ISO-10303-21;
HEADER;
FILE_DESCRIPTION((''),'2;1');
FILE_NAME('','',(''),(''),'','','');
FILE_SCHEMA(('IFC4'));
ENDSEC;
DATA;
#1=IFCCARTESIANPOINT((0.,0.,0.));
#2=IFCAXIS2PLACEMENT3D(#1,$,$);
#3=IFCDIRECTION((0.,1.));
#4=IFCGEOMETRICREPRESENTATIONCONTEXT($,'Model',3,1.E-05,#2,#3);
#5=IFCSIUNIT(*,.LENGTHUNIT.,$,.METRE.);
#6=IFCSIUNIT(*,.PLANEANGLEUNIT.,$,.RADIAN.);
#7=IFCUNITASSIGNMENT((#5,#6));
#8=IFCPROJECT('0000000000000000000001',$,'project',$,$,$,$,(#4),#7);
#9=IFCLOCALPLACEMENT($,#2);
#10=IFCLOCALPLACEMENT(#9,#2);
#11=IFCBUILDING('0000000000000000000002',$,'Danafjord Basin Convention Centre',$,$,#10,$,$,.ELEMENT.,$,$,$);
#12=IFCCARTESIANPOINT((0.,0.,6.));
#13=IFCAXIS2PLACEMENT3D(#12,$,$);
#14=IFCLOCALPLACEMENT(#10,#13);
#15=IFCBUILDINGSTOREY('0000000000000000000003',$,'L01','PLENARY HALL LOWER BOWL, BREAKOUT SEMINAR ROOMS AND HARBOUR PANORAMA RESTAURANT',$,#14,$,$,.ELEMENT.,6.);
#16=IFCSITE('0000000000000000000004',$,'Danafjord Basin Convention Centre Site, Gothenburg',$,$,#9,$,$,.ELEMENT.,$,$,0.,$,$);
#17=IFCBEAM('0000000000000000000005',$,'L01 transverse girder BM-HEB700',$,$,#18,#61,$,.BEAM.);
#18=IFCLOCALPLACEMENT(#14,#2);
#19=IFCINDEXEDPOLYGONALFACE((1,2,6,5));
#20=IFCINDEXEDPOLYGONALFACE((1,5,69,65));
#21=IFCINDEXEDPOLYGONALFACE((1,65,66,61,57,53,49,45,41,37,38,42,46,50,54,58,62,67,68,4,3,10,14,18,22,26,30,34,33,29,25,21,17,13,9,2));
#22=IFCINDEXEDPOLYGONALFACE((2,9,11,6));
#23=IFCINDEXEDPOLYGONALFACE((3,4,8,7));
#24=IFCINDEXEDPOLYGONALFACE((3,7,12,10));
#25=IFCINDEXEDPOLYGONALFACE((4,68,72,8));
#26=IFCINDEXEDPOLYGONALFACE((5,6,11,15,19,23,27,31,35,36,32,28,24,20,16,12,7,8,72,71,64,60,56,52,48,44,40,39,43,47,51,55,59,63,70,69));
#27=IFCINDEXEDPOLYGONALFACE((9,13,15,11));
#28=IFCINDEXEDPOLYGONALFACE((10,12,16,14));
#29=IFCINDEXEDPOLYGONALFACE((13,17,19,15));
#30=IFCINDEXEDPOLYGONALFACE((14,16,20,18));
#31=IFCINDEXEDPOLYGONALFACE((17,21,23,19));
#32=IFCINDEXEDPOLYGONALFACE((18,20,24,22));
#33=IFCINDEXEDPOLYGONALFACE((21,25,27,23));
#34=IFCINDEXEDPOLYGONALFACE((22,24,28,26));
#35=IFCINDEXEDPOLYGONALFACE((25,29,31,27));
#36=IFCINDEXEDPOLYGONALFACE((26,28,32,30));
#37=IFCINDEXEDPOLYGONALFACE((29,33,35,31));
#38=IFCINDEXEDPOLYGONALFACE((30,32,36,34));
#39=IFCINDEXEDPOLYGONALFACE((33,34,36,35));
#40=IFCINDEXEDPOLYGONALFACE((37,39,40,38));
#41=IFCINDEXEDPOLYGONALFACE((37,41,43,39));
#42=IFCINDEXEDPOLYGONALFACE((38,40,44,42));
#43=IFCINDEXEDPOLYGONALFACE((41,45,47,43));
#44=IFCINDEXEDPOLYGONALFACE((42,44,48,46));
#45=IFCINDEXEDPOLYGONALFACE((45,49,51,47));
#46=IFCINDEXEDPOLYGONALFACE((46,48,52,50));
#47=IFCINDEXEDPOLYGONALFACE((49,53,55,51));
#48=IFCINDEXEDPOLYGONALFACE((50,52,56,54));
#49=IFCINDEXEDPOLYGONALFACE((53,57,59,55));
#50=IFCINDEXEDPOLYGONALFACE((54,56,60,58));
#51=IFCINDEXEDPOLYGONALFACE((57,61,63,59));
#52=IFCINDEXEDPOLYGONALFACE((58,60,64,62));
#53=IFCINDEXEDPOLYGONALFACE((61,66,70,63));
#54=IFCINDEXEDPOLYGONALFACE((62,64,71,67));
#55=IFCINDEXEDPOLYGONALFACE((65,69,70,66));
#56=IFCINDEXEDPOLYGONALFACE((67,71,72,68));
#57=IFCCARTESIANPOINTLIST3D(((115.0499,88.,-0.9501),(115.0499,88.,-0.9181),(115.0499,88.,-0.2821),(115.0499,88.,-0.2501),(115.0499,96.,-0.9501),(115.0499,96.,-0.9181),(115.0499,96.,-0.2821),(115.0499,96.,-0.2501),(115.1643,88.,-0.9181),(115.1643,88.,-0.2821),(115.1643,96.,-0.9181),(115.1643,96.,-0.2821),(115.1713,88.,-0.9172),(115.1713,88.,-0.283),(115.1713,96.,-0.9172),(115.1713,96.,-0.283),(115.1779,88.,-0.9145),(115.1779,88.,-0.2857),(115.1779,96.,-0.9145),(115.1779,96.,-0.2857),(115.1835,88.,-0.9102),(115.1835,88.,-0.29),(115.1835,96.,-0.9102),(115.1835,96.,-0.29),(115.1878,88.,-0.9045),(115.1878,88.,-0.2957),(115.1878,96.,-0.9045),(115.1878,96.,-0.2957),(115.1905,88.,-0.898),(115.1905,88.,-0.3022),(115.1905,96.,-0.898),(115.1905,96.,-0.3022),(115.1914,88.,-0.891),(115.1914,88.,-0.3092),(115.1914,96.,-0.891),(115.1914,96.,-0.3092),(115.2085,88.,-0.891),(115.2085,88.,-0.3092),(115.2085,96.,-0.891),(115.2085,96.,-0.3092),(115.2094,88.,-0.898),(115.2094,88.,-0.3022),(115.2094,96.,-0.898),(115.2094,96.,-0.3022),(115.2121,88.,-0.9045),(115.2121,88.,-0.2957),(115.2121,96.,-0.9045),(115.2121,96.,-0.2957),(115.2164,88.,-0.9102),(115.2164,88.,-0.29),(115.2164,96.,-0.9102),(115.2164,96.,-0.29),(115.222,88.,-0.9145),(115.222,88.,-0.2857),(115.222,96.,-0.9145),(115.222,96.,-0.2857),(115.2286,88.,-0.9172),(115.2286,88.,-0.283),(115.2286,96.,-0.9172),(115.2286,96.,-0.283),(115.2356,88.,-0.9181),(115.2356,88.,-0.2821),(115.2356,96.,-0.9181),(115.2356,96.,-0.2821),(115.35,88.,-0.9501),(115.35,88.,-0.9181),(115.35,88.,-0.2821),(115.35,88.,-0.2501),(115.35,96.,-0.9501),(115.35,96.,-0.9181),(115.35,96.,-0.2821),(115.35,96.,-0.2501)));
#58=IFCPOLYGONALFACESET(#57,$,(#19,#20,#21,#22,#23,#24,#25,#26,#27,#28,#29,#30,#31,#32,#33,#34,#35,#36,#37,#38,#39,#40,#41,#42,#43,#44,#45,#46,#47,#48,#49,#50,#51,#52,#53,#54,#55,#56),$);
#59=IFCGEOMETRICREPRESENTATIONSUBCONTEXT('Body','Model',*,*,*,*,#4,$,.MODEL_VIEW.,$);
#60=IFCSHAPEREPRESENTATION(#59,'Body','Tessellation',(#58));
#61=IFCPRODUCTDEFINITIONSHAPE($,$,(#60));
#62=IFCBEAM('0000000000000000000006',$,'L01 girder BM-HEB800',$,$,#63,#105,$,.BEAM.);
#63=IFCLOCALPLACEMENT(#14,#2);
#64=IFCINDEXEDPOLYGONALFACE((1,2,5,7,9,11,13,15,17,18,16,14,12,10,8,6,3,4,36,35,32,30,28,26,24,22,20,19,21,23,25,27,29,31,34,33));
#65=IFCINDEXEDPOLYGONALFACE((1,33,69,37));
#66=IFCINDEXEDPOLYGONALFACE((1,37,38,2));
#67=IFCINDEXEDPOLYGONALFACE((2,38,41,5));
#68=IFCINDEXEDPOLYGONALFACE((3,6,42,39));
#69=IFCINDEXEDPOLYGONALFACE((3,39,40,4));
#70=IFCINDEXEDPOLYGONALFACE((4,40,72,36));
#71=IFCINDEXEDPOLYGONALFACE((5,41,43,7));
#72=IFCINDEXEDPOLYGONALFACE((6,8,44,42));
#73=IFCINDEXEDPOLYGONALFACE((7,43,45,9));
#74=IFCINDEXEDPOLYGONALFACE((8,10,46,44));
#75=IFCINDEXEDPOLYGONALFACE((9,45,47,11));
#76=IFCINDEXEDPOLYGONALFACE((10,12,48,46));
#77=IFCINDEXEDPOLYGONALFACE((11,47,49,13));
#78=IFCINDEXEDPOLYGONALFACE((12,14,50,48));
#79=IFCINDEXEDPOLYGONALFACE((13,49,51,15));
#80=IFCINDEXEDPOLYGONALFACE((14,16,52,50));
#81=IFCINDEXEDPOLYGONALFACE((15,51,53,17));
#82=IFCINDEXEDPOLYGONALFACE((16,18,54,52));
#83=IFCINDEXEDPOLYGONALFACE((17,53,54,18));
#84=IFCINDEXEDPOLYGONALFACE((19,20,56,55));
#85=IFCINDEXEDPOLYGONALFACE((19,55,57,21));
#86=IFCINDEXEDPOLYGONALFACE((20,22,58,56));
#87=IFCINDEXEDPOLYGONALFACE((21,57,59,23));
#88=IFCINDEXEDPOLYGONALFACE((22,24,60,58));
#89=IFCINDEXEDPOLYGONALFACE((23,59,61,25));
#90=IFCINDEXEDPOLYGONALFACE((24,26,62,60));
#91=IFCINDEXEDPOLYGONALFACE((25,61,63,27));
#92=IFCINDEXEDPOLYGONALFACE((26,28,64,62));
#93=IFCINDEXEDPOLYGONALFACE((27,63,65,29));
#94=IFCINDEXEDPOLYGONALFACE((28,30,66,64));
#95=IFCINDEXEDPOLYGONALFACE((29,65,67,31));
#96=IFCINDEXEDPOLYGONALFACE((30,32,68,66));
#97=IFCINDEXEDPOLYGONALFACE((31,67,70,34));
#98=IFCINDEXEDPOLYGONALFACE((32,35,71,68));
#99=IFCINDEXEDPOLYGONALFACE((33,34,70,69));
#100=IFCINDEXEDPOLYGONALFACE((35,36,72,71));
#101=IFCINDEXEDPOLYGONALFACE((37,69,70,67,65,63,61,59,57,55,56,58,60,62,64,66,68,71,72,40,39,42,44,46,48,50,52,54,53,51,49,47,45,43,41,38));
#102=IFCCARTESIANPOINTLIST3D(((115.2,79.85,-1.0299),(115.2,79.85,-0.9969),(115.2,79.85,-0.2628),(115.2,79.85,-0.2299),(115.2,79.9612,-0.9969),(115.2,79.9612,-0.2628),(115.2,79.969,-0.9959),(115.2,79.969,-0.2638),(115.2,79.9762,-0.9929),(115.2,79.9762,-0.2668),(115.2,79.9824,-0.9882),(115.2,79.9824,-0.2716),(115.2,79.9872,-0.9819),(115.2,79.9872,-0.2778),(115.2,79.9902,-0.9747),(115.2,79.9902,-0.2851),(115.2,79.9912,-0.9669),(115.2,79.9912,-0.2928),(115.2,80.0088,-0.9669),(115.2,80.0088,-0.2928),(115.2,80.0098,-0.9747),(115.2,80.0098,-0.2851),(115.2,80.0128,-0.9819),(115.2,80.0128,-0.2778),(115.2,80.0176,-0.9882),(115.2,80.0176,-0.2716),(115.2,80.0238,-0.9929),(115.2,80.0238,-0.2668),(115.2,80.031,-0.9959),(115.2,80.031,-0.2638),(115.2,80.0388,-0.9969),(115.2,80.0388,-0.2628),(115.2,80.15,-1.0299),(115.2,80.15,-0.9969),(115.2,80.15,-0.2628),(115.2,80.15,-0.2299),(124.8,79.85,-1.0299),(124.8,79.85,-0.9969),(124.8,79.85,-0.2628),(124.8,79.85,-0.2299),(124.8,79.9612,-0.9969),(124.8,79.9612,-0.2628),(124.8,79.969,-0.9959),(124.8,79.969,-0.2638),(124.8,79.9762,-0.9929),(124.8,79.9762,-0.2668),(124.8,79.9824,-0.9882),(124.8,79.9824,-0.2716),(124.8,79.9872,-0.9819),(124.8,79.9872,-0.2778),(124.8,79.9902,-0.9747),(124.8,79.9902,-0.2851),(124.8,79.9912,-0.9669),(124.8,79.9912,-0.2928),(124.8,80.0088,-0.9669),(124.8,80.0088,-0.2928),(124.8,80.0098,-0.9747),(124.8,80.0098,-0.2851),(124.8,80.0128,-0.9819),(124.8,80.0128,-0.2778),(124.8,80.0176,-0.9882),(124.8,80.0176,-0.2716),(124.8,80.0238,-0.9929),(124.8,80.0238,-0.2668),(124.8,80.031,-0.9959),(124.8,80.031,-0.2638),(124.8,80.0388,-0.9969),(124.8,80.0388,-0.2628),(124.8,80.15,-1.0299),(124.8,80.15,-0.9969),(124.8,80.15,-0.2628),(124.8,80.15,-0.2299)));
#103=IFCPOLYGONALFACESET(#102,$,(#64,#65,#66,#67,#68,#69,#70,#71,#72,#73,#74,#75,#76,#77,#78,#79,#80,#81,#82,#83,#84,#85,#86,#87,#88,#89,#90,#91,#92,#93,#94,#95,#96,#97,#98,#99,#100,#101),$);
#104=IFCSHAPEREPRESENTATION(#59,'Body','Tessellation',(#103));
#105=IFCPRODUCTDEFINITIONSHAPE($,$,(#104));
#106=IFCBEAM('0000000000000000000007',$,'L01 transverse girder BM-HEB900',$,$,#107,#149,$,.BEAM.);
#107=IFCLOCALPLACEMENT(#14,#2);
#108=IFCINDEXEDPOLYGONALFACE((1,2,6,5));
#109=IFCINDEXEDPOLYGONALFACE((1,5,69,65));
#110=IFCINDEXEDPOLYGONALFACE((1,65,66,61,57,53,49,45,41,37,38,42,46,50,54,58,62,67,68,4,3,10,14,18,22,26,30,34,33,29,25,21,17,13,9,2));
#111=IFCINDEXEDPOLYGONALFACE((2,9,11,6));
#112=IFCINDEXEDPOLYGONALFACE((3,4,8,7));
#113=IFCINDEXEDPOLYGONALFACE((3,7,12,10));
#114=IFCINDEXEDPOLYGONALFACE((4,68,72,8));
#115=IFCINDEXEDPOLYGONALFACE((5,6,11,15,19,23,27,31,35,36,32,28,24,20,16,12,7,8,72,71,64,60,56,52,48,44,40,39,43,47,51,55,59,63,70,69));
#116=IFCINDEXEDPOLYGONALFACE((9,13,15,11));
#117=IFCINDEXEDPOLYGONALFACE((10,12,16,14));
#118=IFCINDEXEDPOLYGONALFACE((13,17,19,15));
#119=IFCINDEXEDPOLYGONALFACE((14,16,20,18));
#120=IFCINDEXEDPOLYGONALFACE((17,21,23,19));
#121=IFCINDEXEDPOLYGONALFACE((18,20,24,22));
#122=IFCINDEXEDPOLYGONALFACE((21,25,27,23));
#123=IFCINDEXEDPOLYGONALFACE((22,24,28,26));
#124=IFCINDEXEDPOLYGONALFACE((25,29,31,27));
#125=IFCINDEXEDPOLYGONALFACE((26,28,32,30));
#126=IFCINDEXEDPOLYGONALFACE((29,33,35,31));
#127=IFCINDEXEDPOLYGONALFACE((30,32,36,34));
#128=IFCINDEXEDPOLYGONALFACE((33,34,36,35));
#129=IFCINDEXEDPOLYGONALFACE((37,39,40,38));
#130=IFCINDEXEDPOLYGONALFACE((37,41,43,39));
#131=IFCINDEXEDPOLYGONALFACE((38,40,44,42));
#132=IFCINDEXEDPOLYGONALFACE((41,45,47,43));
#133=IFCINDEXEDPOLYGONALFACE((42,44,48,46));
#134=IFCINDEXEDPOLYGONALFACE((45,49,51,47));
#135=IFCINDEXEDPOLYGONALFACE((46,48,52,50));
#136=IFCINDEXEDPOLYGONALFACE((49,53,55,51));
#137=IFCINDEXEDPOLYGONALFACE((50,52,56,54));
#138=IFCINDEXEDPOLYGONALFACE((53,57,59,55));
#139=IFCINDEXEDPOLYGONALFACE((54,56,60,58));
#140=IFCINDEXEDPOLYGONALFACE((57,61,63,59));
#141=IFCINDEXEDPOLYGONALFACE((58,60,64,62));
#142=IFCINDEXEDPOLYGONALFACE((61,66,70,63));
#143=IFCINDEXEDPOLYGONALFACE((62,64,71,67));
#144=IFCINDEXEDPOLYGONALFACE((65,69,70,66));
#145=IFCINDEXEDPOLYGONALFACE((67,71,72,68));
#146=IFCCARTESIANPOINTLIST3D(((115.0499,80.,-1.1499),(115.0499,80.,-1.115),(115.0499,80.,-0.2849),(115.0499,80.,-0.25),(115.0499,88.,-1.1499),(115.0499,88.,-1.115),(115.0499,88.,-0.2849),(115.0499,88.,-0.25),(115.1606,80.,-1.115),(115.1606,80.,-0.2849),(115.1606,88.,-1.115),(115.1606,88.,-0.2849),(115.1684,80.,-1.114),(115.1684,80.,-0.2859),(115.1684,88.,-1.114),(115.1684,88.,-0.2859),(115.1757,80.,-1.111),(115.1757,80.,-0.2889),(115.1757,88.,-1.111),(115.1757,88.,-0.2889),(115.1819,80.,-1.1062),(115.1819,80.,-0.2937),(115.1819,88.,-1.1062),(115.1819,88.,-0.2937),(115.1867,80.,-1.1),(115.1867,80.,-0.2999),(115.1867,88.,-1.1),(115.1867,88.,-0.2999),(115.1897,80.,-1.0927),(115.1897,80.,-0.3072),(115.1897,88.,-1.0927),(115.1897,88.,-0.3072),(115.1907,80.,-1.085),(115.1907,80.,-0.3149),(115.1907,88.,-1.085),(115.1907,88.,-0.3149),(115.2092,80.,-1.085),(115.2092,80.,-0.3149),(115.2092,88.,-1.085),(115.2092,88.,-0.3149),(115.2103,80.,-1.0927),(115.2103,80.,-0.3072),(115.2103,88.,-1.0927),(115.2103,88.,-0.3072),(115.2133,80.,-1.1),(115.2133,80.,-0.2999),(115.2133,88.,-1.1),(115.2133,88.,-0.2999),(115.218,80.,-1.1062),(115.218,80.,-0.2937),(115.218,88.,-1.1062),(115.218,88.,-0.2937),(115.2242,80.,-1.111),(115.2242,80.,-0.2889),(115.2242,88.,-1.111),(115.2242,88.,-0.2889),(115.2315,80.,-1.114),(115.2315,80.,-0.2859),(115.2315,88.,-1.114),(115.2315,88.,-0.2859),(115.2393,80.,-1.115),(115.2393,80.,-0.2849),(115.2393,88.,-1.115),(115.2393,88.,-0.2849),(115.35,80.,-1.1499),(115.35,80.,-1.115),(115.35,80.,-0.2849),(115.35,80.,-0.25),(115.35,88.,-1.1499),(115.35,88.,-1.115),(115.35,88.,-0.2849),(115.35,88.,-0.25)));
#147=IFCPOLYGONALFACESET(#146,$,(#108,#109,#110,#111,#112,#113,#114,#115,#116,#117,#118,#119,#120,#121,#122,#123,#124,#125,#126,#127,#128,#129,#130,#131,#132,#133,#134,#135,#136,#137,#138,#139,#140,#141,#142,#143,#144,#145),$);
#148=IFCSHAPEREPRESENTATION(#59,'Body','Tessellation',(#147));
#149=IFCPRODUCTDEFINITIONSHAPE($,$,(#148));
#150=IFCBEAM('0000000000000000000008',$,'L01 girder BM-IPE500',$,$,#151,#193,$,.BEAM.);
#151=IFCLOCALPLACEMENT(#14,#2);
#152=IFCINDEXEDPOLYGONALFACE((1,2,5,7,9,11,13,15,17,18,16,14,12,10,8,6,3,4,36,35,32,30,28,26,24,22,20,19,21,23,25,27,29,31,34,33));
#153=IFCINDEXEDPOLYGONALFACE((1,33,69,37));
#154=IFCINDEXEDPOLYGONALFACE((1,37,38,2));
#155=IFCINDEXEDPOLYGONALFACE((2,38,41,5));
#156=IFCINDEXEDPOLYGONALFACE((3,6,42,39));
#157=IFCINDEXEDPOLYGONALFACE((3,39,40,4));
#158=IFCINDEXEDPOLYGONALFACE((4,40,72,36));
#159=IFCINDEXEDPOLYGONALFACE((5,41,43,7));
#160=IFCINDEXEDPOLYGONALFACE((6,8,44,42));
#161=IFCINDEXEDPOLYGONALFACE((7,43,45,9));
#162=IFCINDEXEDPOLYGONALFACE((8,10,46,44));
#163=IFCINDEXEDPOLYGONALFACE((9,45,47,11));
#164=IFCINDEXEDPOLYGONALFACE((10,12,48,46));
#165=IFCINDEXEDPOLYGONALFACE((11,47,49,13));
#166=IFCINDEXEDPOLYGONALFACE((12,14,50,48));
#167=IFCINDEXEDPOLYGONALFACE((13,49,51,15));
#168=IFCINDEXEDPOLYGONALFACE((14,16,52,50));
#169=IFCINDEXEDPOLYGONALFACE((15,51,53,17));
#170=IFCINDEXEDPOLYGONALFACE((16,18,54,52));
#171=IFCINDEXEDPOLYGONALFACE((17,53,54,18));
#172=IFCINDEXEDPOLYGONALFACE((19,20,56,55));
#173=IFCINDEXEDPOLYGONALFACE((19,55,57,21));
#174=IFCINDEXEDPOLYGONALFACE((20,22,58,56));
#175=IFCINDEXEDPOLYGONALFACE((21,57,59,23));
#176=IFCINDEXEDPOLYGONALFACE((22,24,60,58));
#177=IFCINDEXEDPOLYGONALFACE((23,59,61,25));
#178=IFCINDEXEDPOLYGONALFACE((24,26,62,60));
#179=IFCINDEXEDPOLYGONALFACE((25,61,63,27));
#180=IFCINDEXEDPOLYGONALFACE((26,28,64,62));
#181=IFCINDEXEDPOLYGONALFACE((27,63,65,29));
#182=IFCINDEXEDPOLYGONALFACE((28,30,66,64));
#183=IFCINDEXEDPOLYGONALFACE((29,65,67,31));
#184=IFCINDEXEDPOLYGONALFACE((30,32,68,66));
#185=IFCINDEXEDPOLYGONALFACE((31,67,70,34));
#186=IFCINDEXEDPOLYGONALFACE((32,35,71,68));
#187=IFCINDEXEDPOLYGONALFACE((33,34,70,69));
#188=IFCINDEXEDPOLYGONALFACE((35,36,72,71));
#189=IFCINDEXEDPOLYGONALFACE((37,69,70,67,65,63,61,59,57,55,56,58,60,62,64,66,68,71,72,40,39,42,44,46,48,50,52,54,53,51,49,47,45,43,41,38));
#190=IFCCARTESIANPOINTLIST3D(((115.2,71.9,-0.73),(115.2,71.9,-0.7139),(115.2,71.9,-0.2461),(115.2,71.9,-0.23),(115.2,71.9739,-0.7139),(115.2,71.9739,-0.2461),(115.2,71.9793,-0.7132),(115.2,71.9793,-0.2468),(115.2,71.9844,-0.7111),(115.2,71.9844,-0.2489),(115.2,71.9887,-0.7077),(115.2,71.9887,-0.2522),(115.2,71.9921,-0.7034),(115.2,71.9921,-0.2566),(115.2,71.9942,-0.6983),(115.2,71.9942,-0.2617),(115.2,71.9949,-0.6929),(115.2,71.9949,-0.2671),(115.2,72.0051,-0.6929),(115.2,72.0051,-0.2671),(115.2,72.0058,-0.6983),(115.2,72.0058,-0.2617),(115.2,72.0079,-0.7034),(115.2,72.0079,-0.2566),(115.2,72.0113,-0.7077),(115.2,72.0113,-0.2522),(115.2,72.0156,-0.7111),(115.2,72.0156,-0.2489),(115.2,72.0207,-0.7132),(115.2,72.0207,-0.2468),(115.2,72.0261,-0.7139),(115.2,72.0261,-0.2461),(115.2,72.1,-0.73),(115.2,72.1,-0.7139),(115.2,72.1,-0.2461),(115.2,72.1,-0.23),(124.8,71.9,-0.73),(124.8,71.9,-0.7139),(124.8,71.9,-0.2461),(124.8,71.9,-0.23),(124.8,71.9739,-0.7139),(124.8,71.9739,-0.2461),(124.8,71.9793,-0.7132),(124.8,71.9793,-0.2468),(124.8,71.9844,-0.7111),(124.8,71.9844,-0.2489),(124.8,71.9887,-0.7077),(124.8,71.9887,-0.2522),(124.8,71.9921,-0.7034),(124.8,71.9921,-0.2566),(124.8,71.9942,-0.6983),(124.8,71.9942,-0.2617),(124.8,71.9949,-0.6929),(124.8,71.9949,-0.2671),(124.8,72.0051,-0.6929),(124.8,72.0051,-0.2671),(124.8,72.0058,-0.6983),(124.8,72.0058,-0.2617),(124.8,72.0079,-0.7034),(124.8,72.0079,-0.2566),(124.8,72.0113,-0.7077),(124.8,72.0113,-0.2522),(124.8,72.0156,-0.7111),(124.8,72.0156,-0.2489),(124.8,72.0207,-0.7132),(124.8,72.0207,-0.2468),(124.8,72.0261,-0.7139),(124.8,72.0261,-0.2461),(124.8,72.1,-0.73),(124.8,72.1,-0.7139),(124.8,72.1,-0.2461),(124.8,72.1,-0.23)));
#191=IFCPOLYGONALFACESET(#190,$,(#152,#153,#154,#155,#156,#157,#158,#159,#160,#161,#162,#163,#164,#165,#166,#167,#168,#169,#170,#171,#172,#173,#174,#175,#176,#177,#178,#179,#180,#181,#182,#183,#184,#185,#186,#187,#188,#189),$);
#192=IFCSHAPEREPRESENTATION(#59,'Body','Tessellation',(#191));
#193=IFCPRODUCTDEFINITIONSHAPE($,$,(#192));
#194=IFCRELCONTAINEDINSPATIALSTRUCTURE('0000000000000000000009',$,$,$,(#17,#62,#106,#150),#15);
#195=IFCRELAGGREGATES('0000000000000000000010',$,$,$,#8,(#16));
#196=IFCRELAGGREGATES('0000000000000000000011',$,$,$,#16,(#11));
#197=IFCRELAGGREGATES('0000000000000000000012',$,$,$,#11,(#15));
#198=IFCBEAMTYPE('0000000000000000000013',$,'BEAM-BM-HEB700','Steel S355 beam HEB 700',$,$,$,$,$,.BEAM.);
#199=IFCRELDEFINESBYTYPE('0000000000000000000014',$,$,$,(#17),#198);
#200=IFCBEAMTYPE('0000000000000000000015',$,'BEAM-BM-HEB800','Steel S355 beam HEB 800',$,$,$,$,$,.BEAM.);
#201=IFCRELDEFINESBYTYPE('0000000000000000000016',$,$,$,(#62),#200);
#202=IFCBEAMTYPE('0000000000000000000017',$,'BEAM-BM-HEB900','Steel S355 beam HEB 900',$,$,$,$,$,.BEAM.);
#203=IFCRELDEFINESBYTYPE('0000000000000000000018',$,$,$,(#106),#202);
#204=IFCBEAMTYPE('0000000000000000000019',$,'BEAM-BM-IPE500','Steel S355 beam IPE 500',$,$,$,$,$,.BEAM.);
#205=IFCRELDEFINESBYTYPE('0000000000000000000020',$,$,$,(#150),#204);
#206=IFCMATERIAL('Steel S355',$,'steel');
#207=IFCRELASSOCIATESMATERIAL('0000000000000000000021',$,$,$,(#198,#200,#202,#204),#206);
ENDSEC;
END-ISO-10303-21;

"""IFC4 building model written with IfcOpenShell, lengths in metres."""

from ifc_helpers import new_model, si_unit, direction, frame, origin, origin_2d, place, context, subcontext, project, spatial, i_section, extrude, material, material_profile, profile_set, type_object, element, save


model = new_model("IFC4")

# Units and contexts
model_context = context("Model", 3, precision=1e-05, world=origin(), true_north=direction((0.0, 1.0)))
body_context = subcontext(model_context, "Body", "Model", "MODEL_VIEW")
ifc_project = project(units=[si_unit("LENGTHUNIT", "METRE"), si_unit("PLANEANGLEUNIT", "RADIAN")], contexts=[model_context])

# Site, building, storey
site_placement = place(None, origin())
site = spatial("IfcSite", under=ifc_project, at=site_placement, Name="Danafjord Basin Convention Centre Site, Gothenburg", CompositionType="ELEMENT", RefElevation=0.0)
building_placement = place(site_placement, origin())
building = spatial("IfcBuilding", under=site, at=building_placement, Name="Danafjord Basin Convention Centre", CompositionType="ELEMENT")
storey_placement = place(building_placement, frame((0.0, 0.0, 6.0)))
storey = spatial("IfcBuildingStorey", under=building, at=storey_placement, Name="L01", Description="PLENARY HALL LOWER BOWL, BREAKOUT SEMINAR ROOMS AND HARBOUR PANORAMA RESTAURANT", CompositionType="ELEMENT", Elevation=6.0)

# Beams
ifc_material_1 = material(Name="Steel S355", Category="steel")
ifc_material_profile_1 = material_profile(ifc_material_1, i_section(OverallWidth=0.3, OverallDepth=0.7, WebThickness=0.0171, FlangeThickness=0.032, FilletRadius=0.0271, at=origin_2d()), Name="HEB 700")
ifc_profile_set_1 = profile_set([ifc_material_profile_1], Name="Steel S355")
beam_type_1 = type_object("IfcBeamType", Name="BEAM-BM-HEB700", Description="Steel S355 beam HEB 700", PredefinedType="BEAM", material=ifc_profile_set_1)
beam_1_placement = place(storey_placement, frame((115.2, 88.0, -0.6001), z_axis=(0.0, 1.0, 0.0), x_axis=(-1.0, 0.0, 0.0)))
element("IfcBeam", 1, at=beam_1_placement, inside=storey, type_object=beam_type_1, Name="L01 transverse girder BM-HEB700", PredefinedType="BEAM", context=body_context, shape_type="SweptSolid", body=[
    extrude(i_section(OverallWidth=0.3, OverallDepth=0.7, WebThickness=0.0171, FlangeThickness=0.032, FilletRadius=0.0271, at=origin_2d()), origin(), (0.0, 0.0, 1.0), 8.0),
])
ifc_material_profile_2 = material_profile(ifc_material_1, i_section(OverallWidth=0.3, OverallDepth=0.8, WebThickness=0.0176, FlangeThickness=0.033, FilletRadius=0.03, at=origin_2d()), Name="HEB 800")
ifc_profile_set_2 = profile_set([ifc_material_profile_2], Name="Steel S355")
beam_type_2 = type_object("IfcBeamType", Name="BEAM-BM-HEB800", Description="Steel S355 beam HEB 800", PredefinedType="BEAM", material=ifc_profile_set_2)
beam_2_placement = place(storey_placement, frame((115.2, 80.0, -0.6299), z_axis=(1.0, 0.0, 0.0), x_axis=(0.0, 1.0, 0.0)))
element("IfcBeam", 2, at=beam_2_placement, inside=storey, type_object=beam_type_2, Name="L01 girder BM-HEB800", PredefinedType="BEAM", context=body_context, shape_type="SweptSolid", body=[
    extrude(i_section(OverallWidth=0.3, OverallDepth=0.8, WebThickness=0.0176, FlangeThickness=0.033, FilletRadius=0.03, at=origin_2d()), origin(), (0.0, 0.0, 1.0), 9.6001),
])
ifc_material_profile_3 = material_profile(ifc_material_1, i_section(OverallWidth=0.3, OverallDepth=0.8999, WebThickness=0.0186, FlangeThickness=0.0349, FilletRadius=0.03, at=origin_2d()), Name="HEB 900")
ifc_profile_set_3 = profile_set([ifc_material_profile_3], Name="Steel S355")
beam_type_3 = type_object("IfcBeamType", Name="BEAM-BM-HEB900", Description="Steel S355 beam HEB 900", PredefinedType="BEAM", material=ifc_profile_set_3)
beam_3_placement = place(storey_placement, frame((115.2, 80.0, -0.7), z_axis=(0.0, 1.0, 0.0), x_axis=(-1.0, 0.0, 0.0)))
element("IfcBeam", 3, at=beam_3_placement, inside=storey, type_object=beam_type_3, Name="L01 transverse girder BM-HEB900", PredefinedType="BEAM", context=body_context, shape_type="SweptSolid", body=[
    extrude(i_section(OverallWidth=0.3, OverallDepth=0.8999, WebThickness=0.0186, FlangeThickness=0.0349, FilletRadius=0.03, at=origin_2d()), origin(), (0.0, 0.0, 1.0), 8.0),
])
ifc_material_profile_4 = material_profile(ifc_material_1, i_section(OverallWidth=0.2, OverallDepth=0.5, WebThickness=0.0103, FlangeThickness=0.0161, FilletRadius=0.021, at=origin_2d()), Name="IPE 500")
ifc_profile_set_4 = profile_set([ifc_material_profile_4], Name="Steel S355")
beam_type_4 = type_object("IfcBeamType", Name="BEAM-BM-IPE500", Description="Steel S355 beam IPE 500", PredefinedType="BEAM", material=ifc_profile_set_4)
beam_4_placement = place(storey_placement, frame((115.2, 72.0, -0.48), z_axis=(1.0, 0.0, 0.0), x_axis=(0.0, 1.0, 0.0)))
element("IfcBeam", 4, at=beam_4_placement, inside=storey, type_object=beam_type_4, Name="L01 girder BM-IPE500", PredefinedType="BEAM", context=body_context, shape_type="SweptSolid", body=[
    extrude(i_section(OverallWidth=0.2, OverallDepth=0.5, WebThickness=0.0103, FlangeThickness=0.0161, FilletRadius=0.021, at=origin_2d()), origin(), (0.0, 0.0, 1.0), 9.6001),
])

save(model, "model.ifc")
